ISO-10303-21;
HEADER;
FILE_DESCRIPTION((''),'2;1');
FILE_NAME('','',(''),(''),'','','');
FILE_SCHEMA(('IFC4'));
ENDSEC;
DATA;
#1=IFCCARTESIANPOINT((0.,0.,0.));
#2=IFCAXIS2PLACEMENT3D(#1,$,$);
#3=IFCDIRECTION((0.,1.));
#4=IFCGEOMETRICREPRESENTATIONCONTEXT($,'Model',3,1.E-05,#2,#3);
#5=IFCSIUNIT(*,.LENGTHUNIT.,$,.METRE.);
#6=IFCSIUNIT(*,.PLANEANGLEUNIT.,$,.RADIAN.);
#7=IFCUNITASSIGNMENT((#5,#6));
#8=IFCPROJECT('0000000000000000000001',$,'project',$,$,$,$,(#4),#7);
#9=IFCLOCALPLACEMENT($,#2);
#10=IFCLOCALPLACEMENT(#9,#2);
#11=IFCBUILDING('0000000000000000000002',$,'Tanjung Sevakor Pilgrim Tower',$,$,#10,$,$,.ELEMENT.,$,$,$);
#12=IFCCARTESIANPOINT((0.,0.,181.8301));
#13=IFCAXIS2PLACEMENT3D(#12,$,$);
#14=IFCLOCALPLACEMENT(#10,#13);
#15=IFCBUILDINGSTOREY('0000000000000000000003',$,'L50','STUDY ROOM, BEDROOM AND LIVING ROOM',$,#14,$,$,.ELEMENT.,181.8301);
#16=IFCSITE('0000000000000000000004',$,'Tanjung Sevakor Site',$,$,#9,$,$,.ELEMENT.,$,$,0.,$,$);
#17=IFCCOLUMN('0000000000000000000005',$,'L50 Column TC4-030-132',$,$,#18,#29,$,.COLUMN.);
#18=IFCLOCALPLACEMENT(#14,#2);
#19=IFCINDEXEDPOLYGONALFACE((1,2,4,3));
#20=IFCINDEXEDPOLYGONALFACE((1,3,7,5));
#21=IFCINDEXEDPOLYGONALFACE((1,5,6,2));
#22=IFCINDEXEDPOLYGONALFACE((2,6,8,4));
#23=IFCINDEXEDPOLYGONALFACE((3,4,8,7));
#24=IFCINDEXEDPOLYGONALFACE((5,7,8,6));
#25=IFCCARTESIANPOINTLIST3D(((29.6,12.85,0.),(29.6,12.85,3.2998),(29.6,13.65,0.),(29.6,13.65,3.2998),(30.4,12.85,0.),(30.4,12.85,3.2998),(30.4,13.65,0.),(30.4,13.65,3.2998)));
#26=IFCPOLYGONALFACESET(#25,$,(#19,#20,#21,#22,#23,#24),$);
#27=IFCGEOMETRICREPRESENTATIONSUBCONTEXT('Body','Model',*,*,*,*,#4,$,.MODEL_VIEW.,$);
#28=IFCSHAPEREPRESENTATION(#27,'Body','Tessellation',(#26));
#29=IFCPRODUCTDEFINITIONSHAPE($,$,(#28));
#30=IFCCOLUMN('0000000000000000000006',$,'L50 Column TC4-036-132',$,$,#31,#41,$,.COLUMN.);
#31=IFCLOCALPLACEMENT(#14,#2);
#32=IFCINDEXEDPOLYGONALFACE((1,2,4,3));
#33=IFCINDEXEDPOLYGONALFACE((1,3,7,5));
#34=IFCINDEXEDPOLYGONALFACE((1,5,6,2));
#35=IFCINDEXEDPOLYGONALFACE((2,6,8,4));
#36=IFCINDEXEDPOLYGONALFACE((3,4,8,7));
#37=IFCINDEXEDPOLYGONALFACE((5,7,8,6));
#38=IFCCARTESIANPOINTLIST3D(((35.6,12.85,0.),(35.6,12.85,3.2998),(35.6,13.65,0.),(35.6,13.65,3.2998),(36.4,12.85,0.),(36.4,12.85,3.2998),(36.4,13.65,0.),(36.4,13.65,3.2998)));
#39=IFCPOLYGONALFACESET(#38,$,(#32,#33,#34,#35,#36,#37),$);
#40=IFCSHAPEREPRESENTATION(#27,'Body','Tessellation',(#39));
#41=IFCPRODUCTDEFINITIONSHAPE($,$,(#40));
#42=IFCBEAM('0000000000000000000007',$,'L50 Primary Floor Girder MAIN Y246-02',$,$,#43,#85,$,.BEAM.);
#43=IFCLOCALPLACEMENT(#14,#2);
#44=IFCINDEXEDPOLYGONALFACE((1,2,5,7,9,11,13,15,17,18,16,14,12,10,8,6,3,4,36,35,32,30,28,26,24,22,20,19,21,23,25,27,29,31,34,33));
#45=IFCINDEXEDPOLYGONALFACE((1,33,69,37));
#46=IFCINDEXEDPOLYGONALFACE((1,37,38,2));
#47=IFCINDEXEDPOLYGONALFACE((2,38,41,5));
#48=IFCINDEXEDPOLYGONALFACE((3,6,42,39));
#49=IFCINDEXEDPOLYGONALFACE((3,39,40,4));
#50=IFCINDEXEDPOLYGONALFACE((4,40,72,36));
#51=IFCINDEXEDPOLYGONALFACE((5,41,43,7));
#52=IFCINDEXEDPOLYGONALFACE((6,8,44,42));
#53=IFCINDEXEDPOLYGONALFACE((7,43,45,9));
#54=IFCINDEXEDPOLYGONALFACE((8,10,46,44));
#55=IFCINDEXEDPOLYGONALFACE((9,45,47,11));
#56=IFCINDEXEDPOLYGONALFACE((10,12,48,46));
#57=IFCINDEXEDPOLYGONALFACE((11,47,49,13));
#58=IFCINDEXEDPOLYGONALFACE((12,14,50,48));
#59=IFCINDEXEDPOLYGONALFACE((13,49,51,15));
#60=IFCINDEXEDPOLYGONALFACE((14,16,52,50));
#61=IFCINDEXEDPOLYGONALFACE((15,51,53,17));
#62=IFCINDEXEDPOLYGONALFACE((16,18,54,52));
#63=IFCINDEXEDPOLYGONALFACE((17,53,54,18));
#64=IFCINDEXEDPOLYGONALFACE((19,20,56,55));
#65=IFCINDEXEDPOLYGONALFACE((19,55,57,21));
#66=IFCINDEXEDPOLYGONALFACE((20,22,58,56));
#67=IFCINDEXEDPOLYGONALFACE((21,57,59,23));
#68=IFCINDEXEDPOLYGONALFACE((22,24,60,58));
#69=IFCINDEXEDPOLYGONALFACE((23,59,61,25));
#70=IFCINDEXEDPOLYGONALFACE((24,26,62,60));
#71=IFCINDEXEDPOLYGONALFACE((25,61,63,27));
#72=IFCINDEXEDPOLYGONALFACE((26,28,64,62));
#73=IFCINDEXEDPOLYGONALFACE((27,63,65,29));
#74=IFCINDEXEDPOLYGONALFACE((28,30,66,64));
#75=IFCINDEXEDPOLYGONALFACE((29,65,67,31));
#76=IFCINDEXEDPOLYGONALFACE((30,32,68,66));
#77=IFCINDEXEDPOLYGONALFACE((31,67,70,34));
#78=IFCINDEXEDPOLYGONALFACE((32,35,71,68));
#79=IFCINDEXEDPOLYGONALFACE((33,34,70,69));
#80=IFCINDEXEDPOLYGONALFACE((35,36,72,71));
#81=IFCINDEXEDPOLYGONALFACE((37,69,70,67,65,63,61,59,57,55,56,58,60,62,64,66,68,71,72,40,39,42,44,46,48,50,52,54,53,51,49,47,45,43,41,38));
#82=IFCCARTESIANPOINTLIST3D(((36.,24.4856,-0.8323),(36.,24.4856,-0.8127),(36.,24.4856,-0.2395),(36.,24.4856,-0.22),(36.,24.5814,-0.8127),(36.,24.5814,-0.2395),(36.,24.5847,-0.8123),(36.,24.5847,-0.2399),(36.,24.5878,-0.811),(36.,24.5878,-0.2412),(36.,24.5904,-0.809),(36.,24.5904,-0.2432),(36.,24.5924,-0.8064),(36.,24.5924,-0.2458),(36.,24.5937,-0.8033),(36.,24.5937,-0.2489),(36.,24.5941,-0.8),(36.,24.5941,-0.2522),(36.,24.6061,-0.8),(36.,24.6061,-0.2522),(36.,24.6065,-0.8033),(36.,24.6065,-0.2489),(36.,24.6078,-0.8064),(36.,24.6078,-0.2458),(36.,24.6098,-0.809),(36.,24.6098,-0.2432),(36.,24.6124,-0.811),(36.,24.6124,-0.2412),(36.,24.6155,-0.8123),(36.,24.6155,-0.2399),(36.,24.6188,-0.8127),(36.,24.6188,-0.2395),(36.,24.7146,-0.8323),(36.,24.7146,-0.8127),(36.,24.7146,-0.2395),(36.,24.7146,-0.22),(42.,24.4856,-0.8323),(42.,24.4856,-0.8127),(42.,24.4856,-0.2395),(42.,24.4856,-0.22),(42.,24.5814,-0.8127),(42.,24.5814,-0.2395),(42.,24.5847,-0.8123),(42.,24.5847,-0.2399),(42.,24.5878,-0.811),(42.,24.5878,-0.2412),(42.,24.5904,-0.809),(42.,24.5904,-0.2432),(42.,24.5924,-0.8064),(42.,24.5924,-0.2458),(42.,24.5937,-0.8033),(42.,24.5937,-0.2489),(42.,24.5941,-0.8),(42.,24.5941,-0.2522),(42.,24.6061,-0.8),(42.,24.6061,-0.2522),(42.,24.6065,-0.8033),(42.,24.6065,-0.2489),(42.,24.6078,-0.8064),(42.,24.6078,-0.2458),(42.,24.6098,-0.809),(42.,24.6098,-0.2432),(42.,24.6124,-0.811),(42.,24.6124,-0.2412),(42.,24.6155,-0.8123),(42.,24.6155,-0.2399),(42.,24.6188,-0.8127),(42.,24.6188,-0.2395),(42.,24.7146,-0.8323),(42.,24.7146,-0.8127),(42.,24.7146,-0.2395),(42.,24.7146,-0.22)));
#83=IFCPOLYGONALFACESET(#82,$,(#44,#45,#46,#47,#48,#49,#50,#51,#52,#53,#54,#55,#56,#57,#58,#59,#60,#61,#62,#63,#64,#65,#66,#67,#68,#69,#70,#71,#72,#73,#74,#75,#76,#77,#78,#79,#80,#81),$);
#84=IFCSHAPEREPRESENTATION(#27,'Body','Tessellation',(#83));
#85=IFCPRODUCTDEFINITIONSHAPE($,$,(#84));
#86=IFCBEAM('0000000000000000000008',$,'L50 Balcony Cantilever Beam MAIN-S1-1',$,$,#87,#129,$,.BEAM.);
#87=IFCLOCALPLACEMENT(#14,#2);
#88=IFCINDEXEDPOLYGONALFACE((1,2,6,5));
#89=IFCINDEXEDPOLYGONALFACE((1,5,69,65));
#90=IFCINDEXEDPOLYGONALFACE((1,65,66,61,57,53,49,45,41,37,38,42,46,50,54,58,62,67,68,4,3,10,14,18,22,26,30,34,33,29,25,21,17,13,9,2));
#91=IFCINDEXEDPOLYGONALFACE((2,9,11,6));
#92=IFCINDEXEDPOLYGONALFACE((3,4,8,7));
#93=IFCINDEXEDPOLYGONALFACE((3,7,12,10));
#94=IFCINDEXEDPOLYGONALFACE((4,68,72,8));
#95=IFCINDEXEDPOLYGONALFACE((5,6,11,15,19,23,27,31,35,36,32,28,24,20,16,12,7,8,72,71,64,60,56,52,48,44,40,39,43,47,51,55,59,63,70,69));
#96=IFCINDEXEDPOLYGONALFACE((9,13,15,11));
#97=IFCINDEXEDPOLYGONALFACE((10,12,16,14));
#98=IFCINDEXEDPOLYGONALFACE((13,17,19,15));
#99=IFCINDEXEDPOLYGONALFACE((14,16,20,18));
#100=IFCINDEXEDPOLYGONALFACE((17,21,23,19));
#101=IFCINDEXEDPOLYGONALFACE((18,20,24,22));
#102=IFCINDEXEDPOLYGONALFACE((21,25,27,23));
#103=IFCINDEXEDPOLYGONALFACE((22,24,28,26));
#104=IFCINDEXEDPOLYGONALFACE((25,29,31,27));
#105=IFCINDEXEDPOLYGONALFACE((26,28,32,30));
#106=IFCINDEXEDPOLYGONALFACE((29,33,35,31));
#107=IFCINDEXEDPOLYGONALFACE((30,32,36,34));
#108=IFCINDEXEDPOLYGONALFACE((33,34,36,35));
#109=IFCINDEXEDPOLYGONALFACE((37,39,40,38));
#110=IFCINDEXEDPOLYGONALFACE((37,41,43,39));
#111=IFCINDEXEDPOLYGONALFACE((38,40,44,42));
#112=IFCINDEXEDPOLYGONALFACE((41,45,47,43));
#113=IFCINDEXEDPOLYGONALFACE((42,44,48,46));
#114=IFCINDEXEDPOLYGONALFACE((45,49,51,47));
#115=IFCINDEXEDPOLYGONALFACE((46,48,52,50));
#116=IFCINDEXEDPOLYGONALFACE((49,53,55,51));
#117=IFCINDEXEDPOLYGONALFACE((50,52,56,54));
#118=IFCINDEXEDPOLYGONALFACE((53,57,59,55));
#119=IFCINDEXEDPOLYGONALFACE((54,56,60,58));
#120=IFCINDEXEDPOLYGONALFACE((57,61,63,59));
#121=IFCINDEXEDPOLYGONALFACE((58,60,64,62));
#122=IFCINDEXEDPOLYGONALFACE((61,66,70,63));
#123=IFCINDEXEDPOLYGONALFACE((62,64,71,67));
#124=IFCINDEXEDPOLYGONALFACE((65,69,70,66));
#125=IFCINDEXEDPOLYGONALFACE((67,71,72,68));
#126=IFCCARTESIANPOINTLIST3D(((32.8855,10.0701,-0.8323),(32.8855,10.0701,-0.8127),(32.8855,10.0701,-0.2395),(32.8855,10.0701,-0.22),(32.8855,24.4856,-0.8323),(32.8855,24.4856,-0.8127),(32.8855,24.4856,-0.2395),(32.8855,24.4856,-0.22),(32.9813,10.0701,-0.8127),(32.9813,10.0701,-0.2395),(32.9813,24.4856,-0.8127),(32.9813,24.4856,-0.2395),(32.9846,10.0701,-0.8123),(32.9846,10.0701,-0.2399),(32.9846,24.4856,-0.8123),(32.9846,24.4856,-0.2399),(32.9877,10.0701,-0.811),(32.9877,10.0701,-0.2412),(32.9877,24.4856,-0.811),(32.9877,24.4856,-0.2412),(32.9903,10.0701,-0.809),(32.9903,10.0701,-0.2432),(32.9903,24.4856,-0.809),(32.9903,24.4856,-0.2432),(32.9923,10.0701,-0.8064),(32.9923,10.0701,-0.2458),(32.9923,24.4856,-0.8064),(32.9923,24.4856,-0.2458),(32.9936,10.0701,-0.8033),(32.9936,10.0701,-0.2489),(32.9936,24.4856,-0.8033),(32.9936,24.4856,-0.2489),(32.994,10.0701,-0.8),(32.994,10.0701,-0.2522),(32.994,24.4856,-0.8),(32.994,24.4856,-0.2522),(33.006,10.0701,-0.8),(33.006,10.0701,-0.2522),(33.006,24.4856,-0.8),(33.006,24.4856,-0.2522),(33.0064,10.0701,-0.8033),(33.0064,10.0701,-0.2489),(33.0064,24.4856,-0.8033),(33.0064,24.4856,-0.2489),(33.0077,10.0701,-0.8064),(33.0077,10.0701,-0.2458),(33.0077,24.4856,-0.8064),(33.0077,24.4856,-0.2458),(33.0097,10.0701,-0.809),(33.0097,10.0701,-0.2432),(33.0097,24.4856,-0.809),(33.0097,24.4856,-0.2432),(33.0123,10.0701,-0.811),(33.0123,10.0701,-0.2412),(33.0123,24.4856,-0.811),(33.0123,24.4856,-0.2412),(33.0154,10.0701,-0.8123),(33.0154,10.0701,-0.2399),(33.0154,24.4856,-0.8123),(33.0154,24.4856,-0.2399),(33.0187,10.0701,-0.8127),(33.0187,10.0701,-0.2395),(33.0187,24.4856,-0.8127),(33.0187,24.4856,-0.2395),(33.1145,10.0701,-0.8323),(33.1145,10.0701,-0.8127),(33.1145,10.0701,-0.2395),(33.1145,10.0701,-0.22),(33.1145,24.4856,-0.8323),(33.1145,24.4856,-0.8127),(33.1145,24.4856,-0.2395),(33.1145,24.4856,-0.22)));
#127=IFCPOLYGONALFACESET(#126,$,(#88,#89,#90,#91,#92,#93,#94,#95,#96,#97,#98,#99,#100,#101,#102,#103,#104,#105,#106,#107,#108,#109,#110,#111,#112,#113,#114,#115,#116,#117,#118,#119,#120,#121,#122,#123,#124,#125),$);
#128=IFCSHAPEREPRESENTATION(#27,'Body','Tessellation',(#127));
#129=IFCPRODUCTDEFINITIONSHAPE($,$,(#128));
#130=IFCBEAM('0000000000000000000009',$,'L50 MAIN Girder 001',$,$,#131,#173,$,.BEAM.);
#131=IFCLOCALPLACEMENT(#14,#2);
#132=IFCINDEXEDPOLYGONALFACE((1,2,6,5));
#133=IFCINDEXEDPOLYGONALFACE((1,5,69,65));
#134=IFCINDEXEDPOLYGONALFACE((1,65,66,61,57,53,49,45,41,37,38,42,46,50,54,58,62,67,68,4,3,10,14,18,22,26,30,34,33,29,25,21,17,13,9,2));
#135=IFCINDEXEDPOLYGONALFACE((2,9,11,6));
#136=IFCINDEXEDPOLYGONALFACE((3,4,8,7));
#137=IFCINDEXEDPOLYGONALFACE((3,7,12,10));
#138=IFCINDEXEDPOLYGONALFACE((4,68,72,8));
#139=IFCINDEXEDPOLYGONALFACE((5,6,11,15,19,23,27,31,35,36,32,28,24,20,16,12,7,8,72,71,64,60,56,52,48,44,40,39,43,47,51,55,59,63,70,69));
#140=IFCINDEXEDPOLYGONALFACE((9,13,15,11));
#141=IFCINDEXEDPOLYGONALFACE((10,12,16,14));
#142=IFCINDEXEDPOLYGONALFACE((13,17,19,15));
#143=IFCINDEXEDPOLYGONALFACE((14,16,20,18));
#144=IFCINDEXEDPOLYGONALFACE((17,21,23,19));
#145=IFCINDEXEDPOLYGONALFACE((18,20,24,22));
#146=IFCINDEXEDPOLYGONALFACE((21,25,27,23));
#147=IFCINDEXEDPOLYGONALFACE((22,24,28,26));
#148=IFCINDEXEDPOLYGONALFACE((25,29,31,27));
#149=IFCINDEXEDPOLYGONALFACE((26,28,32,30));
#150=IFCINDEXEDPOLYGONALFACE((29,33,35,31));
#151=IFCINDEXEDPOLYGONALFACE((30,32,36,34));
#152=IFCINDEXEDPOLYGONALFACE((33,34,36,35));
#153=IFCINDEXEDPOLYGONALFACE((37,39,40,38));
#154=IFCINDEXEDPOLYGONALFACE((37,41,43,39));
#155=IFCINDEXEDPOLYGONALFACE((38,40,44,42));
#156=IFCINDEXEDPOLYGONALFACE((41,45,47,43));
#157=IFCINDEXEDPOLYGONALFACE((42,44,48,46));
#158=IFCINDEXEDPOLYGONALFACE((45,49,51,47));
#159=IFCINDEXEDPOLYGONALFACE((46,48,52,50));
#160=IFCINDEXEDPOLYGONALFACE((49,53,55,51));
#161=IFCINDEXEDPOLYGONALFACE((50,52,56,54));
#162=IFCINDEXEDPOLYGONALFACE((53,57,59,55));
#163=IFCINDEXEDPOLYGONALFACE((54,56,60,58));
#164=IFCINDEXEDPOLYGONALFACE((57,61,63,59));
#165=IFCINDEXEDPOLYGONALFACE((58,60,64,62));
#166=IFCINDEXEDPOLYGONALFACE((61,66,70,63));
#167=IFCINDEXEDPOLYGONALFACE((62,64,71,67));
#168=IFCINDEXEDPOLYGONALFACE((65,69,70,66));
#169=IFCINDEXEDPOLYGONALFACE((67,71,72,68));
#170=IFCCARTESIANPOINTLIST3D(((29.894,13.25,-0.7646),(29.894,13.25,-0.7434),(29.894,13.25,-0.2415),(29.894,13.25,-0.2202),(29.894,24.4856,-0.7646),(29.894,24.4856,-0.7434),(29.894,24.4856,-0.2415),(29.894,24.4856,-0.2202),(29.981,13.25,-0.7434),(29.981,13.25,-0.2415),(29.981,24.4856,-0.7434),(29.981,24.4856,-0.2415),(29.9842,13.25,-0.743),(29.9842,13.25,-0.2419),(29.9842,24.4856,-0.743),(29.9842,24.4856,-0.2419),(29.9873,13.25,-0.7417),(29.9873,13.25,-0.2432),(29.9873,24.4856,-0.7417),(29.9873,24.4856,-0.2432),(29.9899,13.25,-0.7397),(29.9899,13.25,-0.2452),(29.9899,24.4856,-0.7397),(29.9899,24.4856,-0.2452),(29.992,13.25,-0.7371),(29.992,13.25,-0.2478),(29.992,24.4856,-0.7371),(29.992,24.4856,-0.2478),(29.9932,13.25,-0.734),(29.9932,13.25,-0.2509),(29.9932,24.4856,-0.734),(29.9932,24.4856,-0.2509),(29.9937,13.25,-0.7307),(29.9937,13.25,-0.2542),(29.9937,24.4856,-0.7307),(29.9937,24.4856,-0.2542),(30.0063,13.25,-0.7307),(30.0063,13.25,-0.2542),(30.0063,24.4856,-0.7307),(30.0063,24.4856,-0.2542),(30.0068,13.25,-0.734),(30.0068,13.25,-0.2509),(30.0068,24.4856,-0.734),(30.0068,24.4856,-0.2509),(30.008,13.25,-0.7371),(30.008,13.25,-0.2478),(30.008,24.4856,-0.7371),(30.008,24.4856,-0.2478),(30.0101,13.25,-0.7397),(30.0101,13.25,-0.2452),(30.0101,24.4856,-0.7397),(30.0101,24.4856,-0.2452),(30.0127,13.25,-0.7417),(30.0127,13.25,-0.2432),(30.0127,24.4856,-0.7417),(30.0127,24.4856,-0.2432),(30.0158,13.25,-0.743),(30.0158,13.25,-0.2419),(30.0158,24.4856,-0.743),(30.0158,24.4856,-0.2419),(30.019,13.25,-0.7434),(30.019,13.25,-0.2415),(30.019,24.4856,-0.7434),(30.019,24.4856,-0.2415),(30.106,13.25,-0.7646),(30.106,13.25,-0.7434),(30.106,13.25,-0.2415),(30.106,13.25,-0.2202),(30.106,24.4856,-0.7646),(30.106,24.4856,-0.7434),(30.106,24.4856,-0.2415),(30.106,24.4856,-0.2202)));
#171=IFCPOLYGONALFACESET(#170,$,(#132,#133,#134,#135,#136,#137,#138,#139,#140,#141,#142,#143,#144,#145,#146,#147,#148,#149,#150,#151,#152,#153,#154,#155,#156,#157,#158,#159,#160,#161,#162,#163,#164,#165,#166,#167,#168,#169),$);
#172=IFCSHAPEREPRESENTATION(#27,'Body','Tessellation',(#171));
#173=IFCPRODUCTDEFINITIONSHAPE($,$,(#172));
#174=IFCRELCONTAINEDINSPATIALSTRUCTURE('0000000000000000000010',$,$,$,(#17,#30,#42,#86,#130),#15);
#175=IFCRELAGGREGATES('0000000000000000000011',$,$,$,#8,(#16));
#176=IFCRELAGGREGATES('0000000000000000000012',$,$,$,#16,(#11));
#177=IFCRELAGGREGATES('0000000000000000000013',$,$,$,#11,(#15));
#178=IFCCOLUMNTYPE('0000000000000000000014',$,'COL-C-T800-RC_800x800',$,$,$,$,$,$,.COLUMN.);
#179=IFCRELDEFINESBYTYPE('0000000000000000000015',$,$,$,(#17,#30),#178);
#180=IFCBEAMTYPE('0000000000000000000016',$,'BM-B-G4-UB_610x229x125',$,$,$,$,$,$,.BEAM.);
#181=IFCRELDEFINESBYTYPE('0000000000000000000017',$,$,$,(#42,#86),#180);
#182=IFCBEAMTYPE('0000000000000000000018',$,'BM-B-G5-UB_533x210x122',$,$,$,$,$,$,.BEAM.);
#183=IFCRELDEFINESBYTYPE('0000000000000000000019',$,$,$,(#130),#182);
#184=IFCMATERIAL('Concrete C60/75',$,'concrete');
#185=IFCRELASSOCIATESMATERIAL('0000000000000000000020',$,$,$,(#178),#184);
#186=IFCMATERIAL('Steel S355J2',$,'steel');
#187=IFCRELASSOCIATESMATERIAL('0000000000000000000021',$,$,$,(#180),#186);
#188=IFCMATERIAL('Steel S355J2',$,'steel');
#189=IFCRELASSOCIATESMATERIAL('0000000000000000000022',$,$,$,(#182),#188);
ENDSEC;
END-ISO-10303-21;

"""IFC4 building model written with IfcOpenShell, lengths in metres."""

from ifc_helpers import new_model, si_unit, direction, frame, origin, origin_2d, place, context, subcontext, project, spatial, rectangle, i_section, extrude, material, material_profile, profile_set, type_object, element, save


model = new_model("IFC4")

# Units and contexts
model_context = context("Model", 3, precision=1e-05, world=origin(), true_north=direction((0.0, 1.0)))
body_context = subcontext(model_context, "Body", "Model", "MODEL_VIEW")
ifc_project = project(units=[si_unit("LENGTHUNIT", "METRE"), si_unit("PLANEANGLEUNIT", "RADIAN")], contexts=[model_context])

# Site, building, storey
site_placement = place(None, origin())
site = spatial("IfcSite", under=ifc_project, at=site_placement, Name="Tanjung Sevakor Site", CompositionType="ELEMENT", RefElevation=0.0)
building_placement = place(site_placement, origin())
building = spatial("IfcBuilding", under=site, at=building_placement, Name="Tanjung Sevakor Pilgrim Tower", CompositionType="ELEMENT")
storey_placement = place(building_placement, frame((0.0, 0.0, 181.8301)))
storey = spatial("IfcBuildingStorey", under=building, at=storey_placement, Name="L50", Description="STUDY ROOM, BEDROOM AND LIVING ROOM", CompositionType="ELEMENT", Elevation=181.8301)

# Columns
ifc_material_1 = material(Name="Concrete C60/75", Category="concrete")
ifc_material_profile_1 = material_profile(ifc_material_1, rectangle(XDim=0.8, YDim=0.8, at=origin_2d()))
ifc_profile_set_1 = profile_set([ifc_material_profile_1], Name="Concrete C60/75")
column_type = type_object("IfcColumnType", Name="COL-C-T800-RC_800x800", PredefinedType="COLUMN", material=ifc_profile_set_1)
for number, where, z_axis, x_axis, name in (
    (1, (30.0, 13.25, 0.0), (0.0, 0.0, 1.0), (1.0, 0.0, 0.0), "L50 Column TC4-030-132"),
    (2, (36.0, 13.25, 0.0), (0.0, 0.0, 1.0), (1.0, 0.0, 0.0), "L50 Column TC4-036-132"),
):
    element("IfcColumn", number, at=place(storey_placement, frame(where, z_axis=z_axis, x_axis=x_axis)), inside=storey, type_object=column_type, Name=name, PredefinedType="COLUMN", context=body_context, shape_type="SweptSolid", body=[
        extrude(rectangle(XDim=0.8, YDim=0.8, at=origin_2d()), origin(), (0.0, 0.0, 1.0), 3.2998),
    ])

# Beams
ifc_material_2 = material(Name="Steel S355J2", Category="steel")
ifc_material_profile_2 = material_profile(ifc_material_2, i_section(OverallWidth=0.229, OverallDepth=0.6123, WebThickness=0.012, FlangeThickness=0.0195, FilletRadius=0.0127, at=origin_2d()))
ifc_profile_set_2 = profile_set([ifc_material_profile_2], Name="Steel S355J2")
beam_type_1 = type_object("IfcBeamType", Name="BM-B-G4-UB_610x229x125", PredefinedType="BEAM", material=ifc_profile_set_2)
beam_1_placement = place(storey_placement, frame((36.0, 24.6001, -0.5261), z_axis=(1.0, 0.0, 0.0), x_axis=(0.0, 1.0, 0.0)))
element("IfcBeam", 3, at=beam_1_placement, inside=storey, type_object=beam_type_1, Name="L50 Primary Floor Girder MAIN Y246-02", PredefinedType="BEAM", context=body_context, shape_type="SweptSolid", body=[
    extrude(i_section(OverallWidth=0.229, OverallDepth=0.6123, WebThickness=0.012, FlangeThickness=0.0195, FilletRadius=0.0127, at=origin_2d()), origin(), (0.0, 0.0, 1.0), 6.0),
])
beam_2_placement = place(storey_placement, frame((33.0, 24.4856, -0.5261), z_axis=(0.0, -1.0, 0.0), x_axis=(1.0, 0.0, 0.0)))
element("IfcBeam", 4, at=beam_2_placement, inside=storey, type_object=beam_type_1, Name="L50 Balcony Cantilever Beam MAIN-S1-1", PredefinedType="BEAM", context=body_context, shape_type="SweptSolid", body=[
    extrude(i_section(OverallWidth=0.229, OverallDepth=0.6123, WebThickness=0.012, FlangeThickness=0.0195, FilletRadius=0.0127, at=origin_2d()), origin(), (0.0, 0.0, 1.0), 14.4155),
])
ifc_material_3 = material(Name="Steel S355J2", Category="steel")
ifc_material_profile_3 = material_profile(ifc_material_3, i_section(OverallWidth=0.2119, OverallDepth=0.5444, WebThickness=0.0127, FlangeThickness=0.0212, FilletRadius=0.0127, at=origin_2d()))
ifc_profile_set_3 = profile_set([ifc_material_profile_3], Name="Steel S355J2")
beam_type_2 = type_object("IfcBeamType", Name="BM-B-G5-UB_533x210x122", PredefinedType="BEAM", material=ifc_profile_set_3)
for number, where, z_axis, x_axis, name in (
    (5, (30.0, 13.25, -0.4924), (0.0, 1.0, 0.0), (-1.0, 0.0, 0.0), "L50 MAIN Girder 001"),
):
    element("IfcBeam", number, at=place(storey_placement, frame(where, z_axis=z_axis, x_axis=x_axis)), inside=storey, type_object=beam_type_2, Name=name, PredefinedType="BEAM", context=body_context, shape_type="SweptSolid", body=[
        extrude(i_section(OverallWidth=0.2119, OverallDepth=0.5444, WebThickness=0.0127, FlangeThickness=0.0212, FilletRadius=0.0127, at=origin_2d()), origin(), (0.0, 0.0, 1.0), 11.2356),
    ])

save(model, "model.ifc")
